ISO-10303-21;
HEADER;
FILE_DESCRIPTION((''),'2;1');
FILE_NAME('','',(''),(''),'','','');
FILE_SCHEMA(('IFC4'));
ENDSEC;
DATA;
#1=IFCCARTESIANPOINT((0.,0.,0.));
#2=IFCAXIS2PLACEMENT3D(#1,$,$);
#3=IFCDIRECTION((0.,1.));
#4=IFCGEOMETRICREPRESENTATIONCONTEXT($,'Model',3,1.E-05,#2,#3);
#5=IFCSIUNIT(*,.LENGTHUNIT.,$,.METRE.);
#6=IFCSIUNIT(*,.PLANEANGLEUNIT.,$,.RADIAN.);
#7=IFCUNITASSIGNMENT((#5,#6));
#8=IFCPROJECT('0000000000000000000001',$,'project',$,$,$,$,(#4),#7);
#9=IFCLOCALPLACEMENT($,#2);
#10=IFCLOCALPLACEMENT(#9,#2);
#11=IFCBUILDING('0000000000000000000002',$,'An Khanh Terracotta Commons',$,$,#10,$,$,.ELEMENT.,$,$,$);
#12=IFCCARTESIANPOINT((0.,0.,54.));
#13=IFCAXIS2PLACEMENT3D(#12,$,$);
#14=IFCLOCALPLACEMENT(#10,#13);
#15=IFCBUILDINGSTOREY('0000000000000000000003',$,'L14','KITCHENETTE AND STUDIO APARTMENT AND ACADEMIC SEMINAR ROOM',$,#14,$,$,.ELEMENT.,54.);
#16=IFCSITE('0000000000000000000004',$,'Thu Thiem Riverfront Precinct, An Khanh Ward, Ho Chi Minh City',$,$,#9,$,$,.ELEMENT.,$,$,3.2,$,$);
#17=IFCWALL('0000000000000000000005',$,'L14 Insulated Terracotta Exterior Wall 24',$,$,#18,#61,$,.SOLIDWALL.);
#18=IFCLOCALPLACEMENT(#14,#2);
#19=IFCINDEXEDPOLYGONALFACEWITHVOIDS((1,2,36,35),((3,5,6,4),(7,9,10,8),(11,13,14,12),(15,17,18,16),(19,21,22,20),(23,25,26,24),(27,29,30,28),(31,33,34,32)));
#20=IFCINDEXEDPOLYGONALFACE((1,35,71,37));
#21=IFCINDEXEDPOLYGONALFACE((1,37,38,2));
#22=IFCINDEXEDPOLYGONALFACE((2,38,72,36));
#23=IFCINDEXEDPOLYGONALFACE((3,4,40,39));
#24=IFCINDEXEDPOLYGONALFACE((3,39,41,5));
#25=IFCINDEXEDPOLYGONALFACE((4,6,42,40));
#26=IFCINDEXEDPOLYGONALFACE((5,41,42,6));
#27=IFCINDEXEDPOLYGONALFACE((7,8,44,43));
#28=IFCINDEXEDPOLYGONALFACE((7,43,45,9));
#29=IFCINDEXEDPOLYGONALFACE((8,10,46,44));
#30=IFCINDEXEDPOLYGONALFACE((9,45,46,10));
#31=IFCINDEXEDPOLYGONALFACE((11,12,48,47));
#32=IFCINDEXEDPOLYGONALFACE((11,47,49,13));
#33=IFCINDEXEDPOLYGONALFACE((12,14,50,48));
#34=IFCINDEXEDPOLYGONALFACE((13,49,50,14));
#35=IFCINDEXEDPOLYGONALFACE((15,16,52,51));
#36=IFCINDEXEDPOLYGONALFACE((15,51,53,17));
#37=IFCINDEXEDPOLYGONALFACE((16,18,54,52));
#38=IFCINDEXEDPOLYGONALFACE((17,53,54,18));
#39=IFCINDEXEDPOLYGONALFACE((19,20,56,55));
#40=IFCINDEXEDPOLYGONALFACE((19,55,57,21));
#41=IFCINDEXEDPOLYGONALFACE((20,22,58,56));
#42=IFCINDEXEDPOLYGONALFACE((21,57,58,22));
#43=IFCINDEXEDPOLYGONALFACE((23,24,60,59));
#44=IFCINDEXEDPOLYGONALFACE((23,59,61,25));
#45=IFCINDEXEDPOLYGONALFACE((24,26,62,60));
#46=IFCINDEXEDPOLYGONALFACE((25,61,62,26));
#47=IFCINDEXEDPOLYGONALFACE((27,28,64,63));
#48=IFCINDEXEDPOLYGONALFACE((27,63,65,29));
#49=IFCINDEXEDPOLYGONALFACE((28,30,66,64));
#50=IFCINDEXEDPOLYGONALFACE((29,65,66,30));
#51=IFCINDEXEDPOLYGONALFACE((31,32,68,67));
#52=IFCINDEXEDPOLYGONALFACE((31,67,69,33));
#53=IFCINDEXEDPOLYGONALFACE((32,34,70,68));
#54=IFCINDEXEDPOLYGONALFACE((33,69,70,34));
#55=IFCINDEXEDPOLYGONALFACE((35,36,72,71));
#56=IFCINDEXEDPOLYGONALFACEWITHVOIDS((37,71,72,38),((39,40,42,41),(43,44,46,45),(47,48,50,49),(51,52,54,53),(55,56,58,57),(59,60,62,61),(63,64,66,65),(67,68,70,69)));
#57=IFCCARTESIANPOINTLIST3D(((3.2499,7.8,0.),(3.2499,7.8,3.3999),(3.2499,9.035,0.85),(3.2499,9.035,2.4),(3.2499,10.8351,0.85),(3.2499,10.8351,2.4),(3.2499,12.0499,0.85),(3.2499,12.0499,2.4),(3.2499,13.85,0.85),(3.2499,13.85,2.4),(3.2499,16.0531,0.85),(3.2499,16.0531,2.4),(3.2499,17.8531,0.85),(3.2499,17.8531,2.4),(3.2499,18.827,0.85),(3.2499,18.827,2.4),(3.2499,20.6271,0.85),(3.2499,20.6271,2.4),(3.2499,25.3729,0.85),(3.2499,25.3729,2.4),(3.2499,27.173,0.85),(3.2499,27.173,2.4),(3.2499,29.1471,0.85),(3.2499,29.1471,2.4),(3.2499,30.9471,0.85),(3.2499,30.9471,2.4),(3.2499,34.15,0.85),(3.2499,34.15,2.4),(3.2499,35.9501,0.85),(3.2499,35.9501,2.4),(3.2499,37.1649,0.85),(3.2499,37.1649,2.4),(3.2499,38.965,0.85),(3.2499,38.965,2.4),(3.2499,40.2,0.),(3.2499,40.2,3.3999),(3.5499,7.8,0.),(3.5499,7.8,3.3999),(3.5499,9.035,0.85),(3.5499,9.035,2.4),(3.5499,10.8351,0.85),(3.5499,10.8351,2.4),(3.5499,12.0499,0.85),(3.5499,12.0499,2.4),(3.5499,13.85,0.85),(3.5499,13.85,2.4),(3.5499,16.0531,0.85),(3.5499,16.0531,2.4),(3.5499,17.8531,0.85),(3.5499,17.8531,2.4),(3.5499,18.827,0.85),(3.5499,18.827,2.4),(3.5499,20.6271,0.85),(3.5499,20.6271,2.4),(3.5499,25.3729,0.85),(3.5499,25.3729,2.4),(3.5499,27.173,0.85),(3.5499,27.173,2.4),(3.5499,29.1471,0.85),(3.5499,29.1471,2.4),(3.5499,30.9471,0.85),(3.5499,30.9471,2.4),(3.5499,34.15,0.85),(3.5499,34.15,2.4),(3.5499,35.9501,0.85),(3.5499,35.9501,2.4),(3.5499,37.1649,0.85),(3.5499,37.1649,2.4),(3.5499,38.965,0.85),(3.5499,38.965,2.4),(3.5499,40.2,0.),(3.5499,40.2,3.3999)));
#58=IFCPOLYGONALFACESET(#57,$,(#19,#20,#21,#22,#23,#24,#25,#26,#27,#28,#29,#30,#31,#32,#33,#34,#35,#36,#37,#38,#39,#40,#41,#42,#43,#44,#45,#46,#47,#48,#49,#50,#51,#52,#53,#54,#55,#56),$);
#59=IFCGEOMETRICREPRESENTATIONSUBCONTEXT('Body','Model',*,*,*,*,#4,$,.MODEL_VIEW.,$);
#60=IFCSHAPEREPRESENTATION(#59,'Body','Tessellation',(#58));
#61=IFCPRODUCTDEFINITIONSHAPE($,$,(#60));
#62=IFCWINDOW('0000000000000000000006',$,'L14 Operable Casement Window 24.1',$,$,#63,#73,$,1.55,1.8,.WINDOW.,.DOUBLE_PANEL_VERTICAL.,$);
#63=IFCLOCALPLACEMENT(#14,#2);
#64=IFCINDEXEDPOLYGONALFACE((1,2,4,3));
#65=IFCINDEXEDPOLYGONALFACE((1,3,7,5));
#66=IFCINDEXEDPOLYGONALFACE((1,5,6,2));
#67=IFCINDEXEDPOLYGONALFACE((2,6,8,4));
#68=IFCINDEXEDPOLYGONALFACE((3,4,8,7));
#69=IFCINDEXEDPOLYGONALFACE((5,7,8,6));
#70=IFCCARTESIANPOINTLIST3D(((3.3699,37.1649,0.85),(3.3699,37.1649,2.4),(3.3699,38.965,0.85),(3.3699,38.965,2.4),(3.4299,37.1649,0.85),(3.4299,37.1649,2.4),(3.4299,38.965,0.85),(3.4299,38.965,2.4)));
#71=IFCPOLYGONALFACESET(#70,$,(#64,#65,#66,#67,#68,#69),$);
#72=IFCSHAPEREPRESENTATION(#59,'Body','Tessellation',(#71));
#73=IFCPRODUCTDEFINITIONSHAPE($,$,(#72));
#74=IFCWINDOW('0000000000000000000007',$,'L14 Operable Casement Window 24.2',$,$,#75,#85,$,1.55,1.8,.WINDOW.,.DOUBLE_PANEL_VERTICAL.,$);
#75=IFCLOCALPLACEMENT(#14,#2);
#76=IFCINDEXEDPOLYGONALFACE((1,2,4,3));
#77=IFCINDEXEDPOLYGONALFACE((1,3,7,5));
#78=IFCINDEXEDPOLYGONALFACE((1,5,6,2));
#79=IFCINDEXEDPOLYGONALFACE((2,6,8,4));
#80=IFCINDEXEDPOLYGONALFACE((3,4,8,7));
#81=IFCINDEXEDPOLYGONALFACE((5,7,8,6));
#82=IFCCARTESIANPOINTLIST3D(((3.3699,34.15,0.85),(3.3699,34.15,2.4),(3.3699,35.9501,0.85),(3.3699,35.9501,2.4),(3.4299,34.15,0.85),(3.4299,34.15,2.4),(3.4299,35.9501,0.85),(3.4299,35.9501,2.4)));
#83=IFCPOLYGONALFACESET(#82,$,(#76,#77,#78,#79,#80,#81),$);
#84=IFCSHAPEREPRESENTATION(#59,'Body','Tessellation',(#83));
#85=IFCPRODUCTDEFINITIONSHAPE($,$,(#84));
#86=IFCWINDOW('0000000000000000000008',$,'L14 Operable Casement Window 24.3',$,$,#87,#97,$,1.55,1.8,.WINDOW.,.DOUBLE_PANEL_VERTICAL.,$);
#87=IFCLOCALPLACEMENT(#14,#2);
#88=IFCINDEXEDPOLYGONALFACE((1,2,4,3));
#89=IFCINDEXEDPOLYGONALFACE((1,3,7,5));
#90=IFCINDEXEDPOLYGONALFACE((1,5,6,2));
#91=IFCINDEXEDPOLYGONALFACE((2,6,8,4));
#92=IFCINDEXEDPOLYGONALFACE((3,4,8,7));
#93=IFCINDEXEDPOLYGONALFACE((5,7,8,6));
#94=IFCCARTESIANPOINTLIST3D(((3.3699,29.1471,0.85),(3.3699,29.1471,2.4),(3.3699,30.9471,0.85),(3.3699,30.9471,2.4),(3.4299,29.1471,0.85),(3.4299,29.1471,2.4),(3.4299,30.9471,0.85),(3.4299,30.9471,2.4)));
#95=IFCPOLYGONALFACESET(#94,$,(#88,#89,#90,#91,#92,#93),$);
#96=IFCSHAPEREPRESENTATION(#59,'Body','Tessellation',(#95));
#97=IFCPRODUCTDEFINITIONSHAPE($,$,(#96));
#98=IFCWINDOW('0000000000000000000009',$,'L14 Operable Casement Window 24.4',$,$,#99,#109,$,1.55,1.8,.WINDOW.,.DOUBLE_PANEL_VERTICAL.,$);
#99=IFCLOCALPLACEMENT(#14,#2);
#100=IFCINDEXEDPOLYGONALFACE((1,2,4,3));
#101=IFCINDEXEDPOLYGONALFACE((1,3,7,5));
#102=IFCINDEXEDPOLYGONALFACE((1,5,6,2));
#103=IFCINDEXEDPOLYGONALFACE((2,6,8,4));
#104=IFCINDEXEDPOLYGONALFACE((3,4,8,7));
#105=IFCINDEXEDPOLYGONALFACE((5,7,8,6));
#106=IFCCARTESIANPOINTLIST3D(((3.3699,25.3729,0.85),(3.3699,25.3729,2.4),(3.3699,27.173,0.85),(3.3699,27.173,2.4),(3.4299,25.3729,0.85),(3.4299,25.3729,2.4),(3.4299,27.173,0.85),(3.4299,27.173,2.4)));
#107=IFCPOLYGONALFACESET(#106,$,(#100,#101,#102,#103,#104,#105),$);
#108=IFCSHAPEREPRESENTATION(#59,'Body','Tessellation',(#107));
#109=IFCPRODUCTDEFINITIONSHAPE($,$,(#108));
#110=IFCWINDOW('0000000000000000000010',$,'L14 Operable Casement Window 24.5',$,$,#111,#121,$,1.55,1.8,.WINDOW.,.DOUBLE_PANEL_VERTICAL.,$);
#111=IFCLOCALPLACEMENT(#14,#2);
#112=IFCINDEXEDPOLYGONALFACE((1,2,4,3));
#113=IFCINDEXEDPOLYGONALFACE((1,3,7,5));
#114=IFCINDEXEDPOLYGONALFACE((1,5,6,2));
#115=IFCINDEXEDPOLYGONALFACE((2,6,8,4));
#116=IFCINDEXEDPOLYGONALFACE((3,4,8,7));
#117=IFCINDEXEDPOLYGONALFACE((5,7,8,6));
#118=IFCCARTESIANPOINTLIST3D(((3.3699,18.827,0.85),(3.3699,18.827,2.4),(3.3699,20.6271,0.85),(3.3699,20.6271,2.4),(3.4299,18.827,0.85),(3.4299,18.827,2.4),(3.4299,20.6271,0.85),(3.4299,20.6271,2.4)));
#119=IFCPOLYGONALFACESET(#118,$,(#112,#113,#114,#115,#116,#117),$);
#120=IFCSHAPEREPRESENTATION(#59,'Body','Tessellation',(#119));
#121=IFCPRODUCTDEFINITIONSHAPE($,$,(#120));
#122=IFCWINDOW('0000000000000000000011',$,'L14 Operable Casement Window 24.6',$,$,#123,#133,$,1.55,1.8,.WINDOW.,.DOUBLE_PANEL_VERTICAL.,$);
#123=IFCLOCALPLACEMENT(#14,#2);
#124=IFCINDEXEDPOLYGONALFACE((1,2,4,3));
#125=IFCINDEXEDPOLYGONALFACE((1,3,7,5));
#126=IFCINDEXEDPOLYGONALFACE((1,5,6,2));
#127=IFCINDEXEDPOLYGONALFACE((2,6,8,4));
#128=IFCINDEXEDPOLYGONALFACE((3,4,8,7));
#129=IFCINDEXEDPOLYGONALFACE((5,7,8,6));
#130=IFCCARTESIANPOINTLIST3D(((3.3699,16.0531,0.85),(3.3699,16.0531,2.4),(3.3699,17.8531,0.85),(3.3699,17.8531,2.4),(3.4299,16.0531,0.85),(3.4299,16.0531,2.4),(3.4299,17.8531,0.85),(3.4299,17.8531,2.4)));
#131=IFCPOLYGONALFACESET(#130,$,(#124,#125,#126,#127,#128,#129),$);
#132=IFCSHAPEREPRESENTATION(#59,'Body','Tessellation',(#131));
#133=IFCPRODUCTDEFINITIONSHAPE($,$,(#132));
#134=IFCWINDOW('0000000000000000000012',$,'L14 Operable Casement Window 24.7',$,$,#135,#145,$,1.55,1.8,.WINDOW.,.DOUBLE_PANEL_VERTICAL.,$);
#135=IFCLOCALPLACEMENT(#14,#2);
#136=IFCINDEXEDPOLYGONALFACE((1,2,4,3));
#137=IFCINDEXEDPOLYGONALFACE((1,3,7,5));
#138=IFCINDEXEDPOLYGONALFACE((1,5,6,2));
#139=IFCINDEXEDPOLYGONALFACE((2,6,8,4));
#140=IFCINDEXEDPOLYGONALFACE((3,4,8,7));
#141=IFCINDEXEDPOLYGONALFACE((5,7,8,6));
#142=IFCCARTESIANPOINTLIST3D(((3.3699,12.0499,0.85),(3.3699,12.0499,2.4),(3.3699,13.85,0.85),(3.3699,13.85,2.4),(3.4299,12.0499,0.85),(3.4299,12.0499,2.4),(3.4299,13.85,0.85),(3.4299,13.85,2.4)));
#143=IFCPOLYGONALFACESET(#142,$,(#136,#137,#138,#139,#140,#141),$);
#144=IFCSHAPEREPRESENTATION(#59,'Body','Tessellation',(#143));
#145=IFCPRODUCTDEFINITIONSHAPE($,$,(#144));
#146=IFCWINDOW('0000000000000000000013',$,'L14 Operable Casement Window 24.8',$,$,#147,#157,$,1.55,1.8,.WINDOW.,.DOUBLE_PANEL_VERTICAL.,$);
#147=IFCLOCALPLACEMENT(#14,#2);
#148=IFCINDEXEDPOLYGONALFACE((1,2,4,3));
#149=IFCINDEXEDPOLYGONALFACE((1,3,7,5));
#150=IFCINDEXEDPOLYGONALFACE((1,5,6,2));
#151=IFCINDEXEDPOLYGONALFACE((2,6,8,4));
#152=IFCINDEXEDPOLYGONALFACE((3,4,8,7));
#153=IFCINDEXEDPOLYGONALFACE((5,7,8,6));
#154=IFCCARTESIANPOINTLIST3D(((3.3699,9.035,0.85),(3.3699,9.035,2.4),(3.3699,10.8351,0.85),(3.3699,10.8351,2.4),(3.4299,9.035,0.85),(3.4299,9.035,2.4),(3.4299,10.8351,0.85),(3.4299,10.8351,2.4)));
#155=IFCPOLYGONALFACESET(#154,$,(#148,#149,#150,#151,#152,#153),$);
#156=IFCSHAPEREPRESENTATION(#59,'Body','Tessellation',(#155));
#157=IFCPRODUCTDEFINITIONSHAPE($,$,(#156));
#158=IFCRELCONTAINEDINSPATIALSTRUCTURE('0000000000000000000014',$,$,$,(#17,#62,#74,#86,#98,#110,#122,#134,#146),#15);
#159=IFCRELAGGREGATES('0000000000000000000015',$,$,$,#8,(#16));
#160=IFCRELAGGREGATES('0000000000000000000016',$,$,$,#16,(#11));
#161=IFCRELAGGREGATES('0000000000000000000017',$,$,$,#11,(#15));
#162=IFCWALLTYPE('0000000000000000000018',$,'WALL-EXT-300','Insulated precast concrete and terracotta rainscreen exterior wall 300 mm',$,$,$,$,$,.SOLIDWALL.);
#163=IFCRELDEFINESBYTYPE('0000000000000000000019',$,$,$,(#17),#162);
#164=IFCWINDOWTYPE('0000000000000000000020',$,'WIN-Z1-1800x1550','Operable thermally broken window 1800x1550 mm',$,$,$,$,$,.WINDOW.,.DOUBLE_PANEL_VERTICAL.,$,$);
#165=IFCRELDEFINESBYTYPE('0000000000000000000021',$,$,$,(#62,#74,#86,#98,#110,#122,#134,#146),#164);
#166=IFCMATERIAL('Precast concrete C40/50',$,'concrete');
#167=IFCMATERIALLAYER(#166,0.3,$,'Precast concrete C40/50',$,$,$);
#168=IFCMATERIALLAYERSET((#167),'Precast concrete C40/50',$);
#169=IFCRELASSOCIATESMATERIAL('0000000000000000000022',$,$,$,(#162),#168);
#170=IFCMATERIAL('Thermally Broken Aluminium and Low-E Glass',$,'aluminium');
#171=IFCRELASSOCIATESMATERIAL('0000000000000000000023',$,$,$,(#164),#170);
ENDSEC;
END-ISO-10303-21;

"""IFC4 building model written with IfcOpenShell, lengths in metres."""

from ifc_helpers import new_model, si_unit, direction, frame, frame_2d, origin, place, context, subcontext, project, spatial, rectangle, extrude, material, layer, layer_set, type_object, element, fill, save


model = new_model("IFC4")

# Units and contexts
model_context = context("Model", 3, precision=1e-05, world=origin(), true_north=direction((0.0, 1.0)))
body_context = subcontext(model_context, "Body", "Model", "MODEL_VIEW")
ifc_project = project(units=[si_unit("LENGTHUNIT", "METRE"), si_unit("PLANEANGLEUNIT", "RADIAN")], contexts=[model_context])

# Site, building, storey
site_placement = place(None, origin())
site = spatial("IfcSite", under=ifc_project, at=site_placement, Name="Thu Thiem Riverfront Precinct, An Khanh Ward, Ho Chi Minh City", CompositionType="ELEMENT", RefElevation=3.2)
building_placement = place(site_placement, origin())
building = spatial("IfcBuilding", under=site, at=building_placement, Name="An Khanh Terracotta Commons", CompositionType="ELEMENT")
storey_placement = place(building_placement, frame((0.0, 0.0, 54.0)))
storey = spatial("IfcBuildingStorey", under=building, at=storey_placement, Name="L14", Description="KITCHENETTE AND STUDIO APARTMENT AND ACADEMIC SEMINAR ROOM", CompositionType="ELEMENT", Elevation=54.0)

# Shared definitions
ifc_material_1 = material(Name="Precast concrete C40/50", Category="concrete")
ifc_layer_1 = layer(ifc_material_1, 0.3, Name="Precast concrete C40/50")
ifc_layer_set_1 = layer_set([ifc_layer_1], Name="Precast concrete C40/50")
wall_type_1 = type_object("IfcWallType", Name="WALL-EXT-300", Description="Insulated precast concrete and terracotta rainscreen exterior wall 300 mm", PredefinedType="SOLIDWALL", material=ifc_layer_set_1)

# Wall, openings, windows
wall_1_placement = place(storey_placement, frame((3.3999, 40.2, 0.0), z_axis=(0.0, 0.0, 1.0), x_axis=(0.0, -1.0, 0.0)))
wall_1 = element("IfcWall", 1, at=wall_1_placement, inside=storey, type_object=wall_type_1, Name="L14 Insulated Terracotta Exterior Wall 24", PredefinedType="SOLIDWALL", context=body_context, shape_type="SweptSolid", body=[
    extrude(rectangle(XDim=32.3999, YDim=0.3, at=frame_2d((16.2, 0.0))), origin(), (0.0, 0.0, 1.0), 3.3999),
])
opening_1_placement = place(wall_1_placement, frame((1.2351, 0.0, 0.8501)))
opening_1 = element("IfcOpeningElement", 2, at=opening_1_placement, cuts=wall_1, PredefinedType="OPENING", context=body_context, shape_type="SweptSolid", body=[
    extrude(rectangle(XDim=1.8, YDim=1.55, at=frame_2d((0.8999, 0.7749))), frame((0.0, 0.1599, 0.0), z_axis=(0.0, -1.0, 0.0), x_axis=(1.0, 0.0, 0.0)), (0.0, 0.0, 1.0), 0.3201),
])
opening_2_placement = place(wall_1_placement, frame((4.25, 0.0, 0.8501)))
opening_2 = element("IfcOpeningElement", 3, at=opening_2_placement, cuts=wall_1, PredefinedType="OPENING", context=body_context, shape_type="SweptSolid", body=[
    extrude(rectangle(XDim=1.8, YDim=1.55, at=frame_2d((0.8999, 0.7749))), frame((0.0, 0.1599, 0.0), z_axis=(0.0, -1.0, 0.0), x_axis=(1.0, 0.0, 0.0)), (0.0, 0.0, 1.0), 0.3201),
])
opening_3_placement = place(wall_1_placement, frame((9.2529, 0.0, 0.8501)))
opening_3 = element("IfcOpeningElement", 4, at=opening_3_placement, cuts=wall_1, PredefinedType="OPENING", context=body_context, shape_type="SweptSolid", body=[
    extrude(rectangle(XDim=1.8, YDim=1.55, at=frame_2d((0.8999, 0.7749))), frame((0.0, 0.1599, 0.0), z_axis=(0.0, -1.0, 0.0), x_axis=(1.0, 0.0, 0.0)), (0.0, 0.0, 1.0), 0.3201),
])
opening_4_placement = place(wall_1_placement, frame((13.0271, 0.0, 0.8501)))
opening_4 = element("IfcOpeningElement", 5, at=opening_4_placement, cuts=wall_1, PredefinedType="OPENING", context=body_context, shape_type="SweptSolid", body=[
    extrude(rectangle(XDim=1.8, YDim=1.55, at=frame_2d((0.8999, 0.7749))), frame((0.0, 0.1599, 0.0), z_axis=(0.0, -1.0, 0.0), x_axis=(1.0, 0.0, 0.0)), (0.0, 0.0, 1.0), 0.3201),
])
opening_5_placement = place(wall_1_placement, frame((19.573, 0.0, 0.8501)))
opening_5 = element("IfcOpeningElement", 6, at=opening_5_placement, cuts=wall_1, PredefinedType="OPENING", context=body_context, shape_type="SweptSolid", body=[
    extrude(rectangle(XDim=1.8, YDim=1.55, at=frame_2d((0.8999, 0.7749))), frame((0.0, 0.1599, 0.0), z_axis=(0.0, -1.0, 0.0), x_axis=(1.0, 0.0, 0.0)), (0.0, 0.0, 1.0), 0.3201),
])
opening_6_placement = place(wall_1_placement, frame((22.3469, 0.0, 0.8501)))
opening_6 = element("IfcOpeningElement", 7, at=opening_6_placement, cuts=wall_1, PredefinedType="OPENING", context=body_context, shape_type="SweptSolid", body=[
    extrude(rectangle(XDim=1.8, YDim=1.55, at=frame_2d((0.8999, 0.7749))), frame((0.0, 0.1599, 0.0), z_axis=(0.0, -1.0, 0.0), x_axis=(1.0, 0.0, 0.0)), (0.0, 0.0, 1.0), 0.3201),
])
opening_7_placement = place(wall_1_placement, frame((26.3501, 0.0, 0.8501)))
opening_7 = element("IfcOpeningElement", 8, at=opening_7_placement, cuts=wall_1, PredefinedType="OPENING", context=body_context, shape_type="SweptSolid", body=[
    extrude(rectangle(XDim=1.8, YDim=1.55, at=frame_2d((0.8999, 0.7749))), frame((0.0, 0.1599, 0.0), z_axis=(0.0, -1.0, 0.0), x_axis=(1.0, 0.0, 0.0)), (0.0, 0.0, 1.0), 0.3201),
])
opening_8_placement = place(wall_1_placement, frame((29.365, 0.0, 0.8501)))
opening_8 = element("IfcOpeningElement", 9, at=opening_8_placement, cuts=wall_1, PredefinedType="OPENING", context=body_context, shape_type="SweptSolid", body=[
    extrude(rectangle(XDim=1.8, YDim=1.55, at=frame_2d((0.8999, 0.7749))), frame((0.0, 0.1599, 0.0), z_axis=(0.0, -1.0, 0.0), x_axis=(1.0, 0.0, 0.0)), (0.0, 0.0, 1.0), 0.3201),
])
ifc_material_2 = material(Name="Thermally Broken Aluminium and Low-E Glass", Category="aluminium")
window_type = type_object("IfcWindowType", Name="WIN-Z1-1800x1550", Description="Operable thermally broken window 1800x1550 mm", PartitioningType="DOUBLE_PANEL_VERTICAL", PredefinedType="WINDOW", material=ifc_material_2)
window_1_placement = place(opening_1_placement, origin())
window_1 = element("IfcWindow", 10, at=window_1_placement, inside=storey, type_object=window_type, Name="L14 Operable Casement Window 24.1", OverallHeight=1.55, OverallWidth=1.8, PartitioningType="DOUBLE_PANEL_VERTICAL", PredefinedType="WINDOW", context=body_context, shape_type="SweptSolid", body=[
    extrude(rectangle(XDim=1.8, YDim=1.55, at=frame_2d((0.8999, 0.7749))), frame((0.0, 0.03, 0.0), z_axis=(0.0, -1.0, 0.0), x_axis=(1.0, 0.0, 0.0)), (0.0, 0.0, 1.0), 0.0601),
])
fill(opening_1, window_1)
window_2_placement = place(opening_2_placement, origin())
window_2 = element("IfcWindow", 11, at=window_2_placement, inside=storey, type_object=window_type, Name="L14 Operable Casement Window 24.2", OverallHeight=1.55, OverallWidth=1.8, PartitioningType="DOUBLE_PANEL_VERTICAL", PredefinedType="WINDOW", context=body_context, shape_type="SweptSolid", body=[
    extrude(rectangle(XDim=1.8, YDim=1.55, at=frame_2d((0.8999, 0.7749))), frame((0.0, 0.03, 0.0), z_axis=(0.0, -1.0, 0.0), x_axis=(1.0, 0.0, 0.0)), (0.0, 0.0, 1.0), 0.0601),
])
fill(opening_2, window_2)
window_3_placement = place(opening_3_placement, origin())
window_3 = element("IfcWindow", 12, at=window_3_placement, inside=storey, type_object=window_type, Name="L14 Operable Casement Window 24.3", OverallHeight=1.55, OverallWidth=1.8, PartitioningType="DOUBLE_PANEL_VERTICAL", PredefinedType="WINDOW", context=body_context, shape_type="SweptSolid", body=[
    extrude(rectangle(XDim=1.8, YDim=1.55, at=frame_2d((0.8999, 0.7749))), frame((0.0, 0.03, 0.0), z_axis=(0.0, -1.0, 0.0), x_axis=(1.0, 0.0, 0.0)), (0.0, 0.0, 1.0), 0.0601),
])
fill(opening_3, window_3)
window_4_placement = place(opening_4_placement, origin())
window_4 = element("IfcWindow", 13, at=window_4_placement, inside=storey, type_object=window_type, Name="L14 Operable Casement Window 24.4", OverallHeight=1.55, OverallWidth=1.8, PartitioningType="DOUBLE_PANEL_VERTICAL", PredefinedType="WINDOW", context=body_context, shape_type="SweptSolid", body=[
    extrude(rectangle(XDim=1.8, YDim=1.55, at=frame_2d((0.8999, 0.7749))), frame((0.0, 0.03, 0.0), z_axis=(0.0, -1.0, 0.0), x_axis=(1.0, 0.0, 0.0)), (0.0, 0.0, 1.0), 0.0601),
])
fill(opening_4, window_4)
window_5_placement = place(opening_5_placement, origin())
window_5 = element("IfcWindow", 14, at=window_5_placement, inside=storey, type_object=window_type, Name="L14 Operable Casement Window 24.5", OverallHeight=1.55, OverallWidth=1.8, PartitioningType="DOUBLE_PANEL_VERTICAL", PredefinedType="WINDOW", context=body_context, shape_type="SweptSolid", body=[
    extrude(rectangle(XDim=1.8, YDim=1.55, at=frame_2d((0.8999, 0.7749))), frame((0.0, 0.03, 0.0), z_axis=(0.0, -1.0, 0.0), x_axis=(1.0, 0.0, 0.0)), (0.0, 0.0, 1.0), 0.0601),
])
fill(opening_5, window_5)
window_6_placement = place(opening_6_placement, origin())
window_6 = element("IfcWindow", 15, at=window_6_placement, inside=storey, type_object=window_type, Name="L14 Operable Casement Window 24.6", OverallHeight=1.55, OverallWidth=1.8, PartitioningType="DOUBLE_PANEL_VERTICAL", PredefinedType="WINDOW", context=body_context, shape_type="SweptSolid", body=[
    extrude(rectangle(XDim=1.8, YDim=1.55, at=frame_2d((0.8999, 0.7749))), frame((0.0, 0.03, 0.0), z_axis=(0.0, -1.0, 0.0), x_axis=(1.0, 0.0, 0.0)), (0.0, 0.0, 1.0), 0.0601),
])
fill(opening_6, window_6)
window_7_placement = place(opening_7_placement, origin())
window_7 = element("IfcWindow", 16, at=window_7_placement, inside=storey, type_object=window_type, Name="L14 Operable Casement Window 24.7", OverallHeight=1.55, OverallWidth=1.8, PartitioningType="DOUBLE_PANEL_VERTICAL", PredefinedType="WINDOW", context=body_context, shape_type="SweptSolid", body=[
    extrude(rectangle(XDim=1.8, YDim=1.55, at=frame_2d((0.8999, 0.7749))), frame((0.0, 0.03, 0.0), z_axis=(0.0, -1.0, 0.0), x_axis=(1.0, 0.0, 0.0)), (0.0, 0.0, 1.0), 0.0601),
])
fill(opening_7, window_7)
window_8_placement = place(opening_8_placement, origin())
window_8 = element("IfcWindow", 17, at=window_8_placement, inside=storey, type_object=window_type, Name="L14 Operable Casement Window 24.8", OverallHeight=1.55, OverallWidth=1.8, PartitioningType="DOUBLE_PANEL_VERTICAL", PredefinedType="WINDOW", context=body_context, shape_type="SweptSolid", body=[
    extrude(rectangle(XDim=1.8, YDim=1.55, at=frame_2d((0.8999, 0.7749))), frame((0.0, 0.03, 0.0), z_axis=(0.0, -1.0, 0.0), x_axis=(1.0, 0.0, 0.0)), (0.0, 0.0, 1.0), 0.0601),
])
fill(opening_8, window_8)

save(model, "model.ifc")
